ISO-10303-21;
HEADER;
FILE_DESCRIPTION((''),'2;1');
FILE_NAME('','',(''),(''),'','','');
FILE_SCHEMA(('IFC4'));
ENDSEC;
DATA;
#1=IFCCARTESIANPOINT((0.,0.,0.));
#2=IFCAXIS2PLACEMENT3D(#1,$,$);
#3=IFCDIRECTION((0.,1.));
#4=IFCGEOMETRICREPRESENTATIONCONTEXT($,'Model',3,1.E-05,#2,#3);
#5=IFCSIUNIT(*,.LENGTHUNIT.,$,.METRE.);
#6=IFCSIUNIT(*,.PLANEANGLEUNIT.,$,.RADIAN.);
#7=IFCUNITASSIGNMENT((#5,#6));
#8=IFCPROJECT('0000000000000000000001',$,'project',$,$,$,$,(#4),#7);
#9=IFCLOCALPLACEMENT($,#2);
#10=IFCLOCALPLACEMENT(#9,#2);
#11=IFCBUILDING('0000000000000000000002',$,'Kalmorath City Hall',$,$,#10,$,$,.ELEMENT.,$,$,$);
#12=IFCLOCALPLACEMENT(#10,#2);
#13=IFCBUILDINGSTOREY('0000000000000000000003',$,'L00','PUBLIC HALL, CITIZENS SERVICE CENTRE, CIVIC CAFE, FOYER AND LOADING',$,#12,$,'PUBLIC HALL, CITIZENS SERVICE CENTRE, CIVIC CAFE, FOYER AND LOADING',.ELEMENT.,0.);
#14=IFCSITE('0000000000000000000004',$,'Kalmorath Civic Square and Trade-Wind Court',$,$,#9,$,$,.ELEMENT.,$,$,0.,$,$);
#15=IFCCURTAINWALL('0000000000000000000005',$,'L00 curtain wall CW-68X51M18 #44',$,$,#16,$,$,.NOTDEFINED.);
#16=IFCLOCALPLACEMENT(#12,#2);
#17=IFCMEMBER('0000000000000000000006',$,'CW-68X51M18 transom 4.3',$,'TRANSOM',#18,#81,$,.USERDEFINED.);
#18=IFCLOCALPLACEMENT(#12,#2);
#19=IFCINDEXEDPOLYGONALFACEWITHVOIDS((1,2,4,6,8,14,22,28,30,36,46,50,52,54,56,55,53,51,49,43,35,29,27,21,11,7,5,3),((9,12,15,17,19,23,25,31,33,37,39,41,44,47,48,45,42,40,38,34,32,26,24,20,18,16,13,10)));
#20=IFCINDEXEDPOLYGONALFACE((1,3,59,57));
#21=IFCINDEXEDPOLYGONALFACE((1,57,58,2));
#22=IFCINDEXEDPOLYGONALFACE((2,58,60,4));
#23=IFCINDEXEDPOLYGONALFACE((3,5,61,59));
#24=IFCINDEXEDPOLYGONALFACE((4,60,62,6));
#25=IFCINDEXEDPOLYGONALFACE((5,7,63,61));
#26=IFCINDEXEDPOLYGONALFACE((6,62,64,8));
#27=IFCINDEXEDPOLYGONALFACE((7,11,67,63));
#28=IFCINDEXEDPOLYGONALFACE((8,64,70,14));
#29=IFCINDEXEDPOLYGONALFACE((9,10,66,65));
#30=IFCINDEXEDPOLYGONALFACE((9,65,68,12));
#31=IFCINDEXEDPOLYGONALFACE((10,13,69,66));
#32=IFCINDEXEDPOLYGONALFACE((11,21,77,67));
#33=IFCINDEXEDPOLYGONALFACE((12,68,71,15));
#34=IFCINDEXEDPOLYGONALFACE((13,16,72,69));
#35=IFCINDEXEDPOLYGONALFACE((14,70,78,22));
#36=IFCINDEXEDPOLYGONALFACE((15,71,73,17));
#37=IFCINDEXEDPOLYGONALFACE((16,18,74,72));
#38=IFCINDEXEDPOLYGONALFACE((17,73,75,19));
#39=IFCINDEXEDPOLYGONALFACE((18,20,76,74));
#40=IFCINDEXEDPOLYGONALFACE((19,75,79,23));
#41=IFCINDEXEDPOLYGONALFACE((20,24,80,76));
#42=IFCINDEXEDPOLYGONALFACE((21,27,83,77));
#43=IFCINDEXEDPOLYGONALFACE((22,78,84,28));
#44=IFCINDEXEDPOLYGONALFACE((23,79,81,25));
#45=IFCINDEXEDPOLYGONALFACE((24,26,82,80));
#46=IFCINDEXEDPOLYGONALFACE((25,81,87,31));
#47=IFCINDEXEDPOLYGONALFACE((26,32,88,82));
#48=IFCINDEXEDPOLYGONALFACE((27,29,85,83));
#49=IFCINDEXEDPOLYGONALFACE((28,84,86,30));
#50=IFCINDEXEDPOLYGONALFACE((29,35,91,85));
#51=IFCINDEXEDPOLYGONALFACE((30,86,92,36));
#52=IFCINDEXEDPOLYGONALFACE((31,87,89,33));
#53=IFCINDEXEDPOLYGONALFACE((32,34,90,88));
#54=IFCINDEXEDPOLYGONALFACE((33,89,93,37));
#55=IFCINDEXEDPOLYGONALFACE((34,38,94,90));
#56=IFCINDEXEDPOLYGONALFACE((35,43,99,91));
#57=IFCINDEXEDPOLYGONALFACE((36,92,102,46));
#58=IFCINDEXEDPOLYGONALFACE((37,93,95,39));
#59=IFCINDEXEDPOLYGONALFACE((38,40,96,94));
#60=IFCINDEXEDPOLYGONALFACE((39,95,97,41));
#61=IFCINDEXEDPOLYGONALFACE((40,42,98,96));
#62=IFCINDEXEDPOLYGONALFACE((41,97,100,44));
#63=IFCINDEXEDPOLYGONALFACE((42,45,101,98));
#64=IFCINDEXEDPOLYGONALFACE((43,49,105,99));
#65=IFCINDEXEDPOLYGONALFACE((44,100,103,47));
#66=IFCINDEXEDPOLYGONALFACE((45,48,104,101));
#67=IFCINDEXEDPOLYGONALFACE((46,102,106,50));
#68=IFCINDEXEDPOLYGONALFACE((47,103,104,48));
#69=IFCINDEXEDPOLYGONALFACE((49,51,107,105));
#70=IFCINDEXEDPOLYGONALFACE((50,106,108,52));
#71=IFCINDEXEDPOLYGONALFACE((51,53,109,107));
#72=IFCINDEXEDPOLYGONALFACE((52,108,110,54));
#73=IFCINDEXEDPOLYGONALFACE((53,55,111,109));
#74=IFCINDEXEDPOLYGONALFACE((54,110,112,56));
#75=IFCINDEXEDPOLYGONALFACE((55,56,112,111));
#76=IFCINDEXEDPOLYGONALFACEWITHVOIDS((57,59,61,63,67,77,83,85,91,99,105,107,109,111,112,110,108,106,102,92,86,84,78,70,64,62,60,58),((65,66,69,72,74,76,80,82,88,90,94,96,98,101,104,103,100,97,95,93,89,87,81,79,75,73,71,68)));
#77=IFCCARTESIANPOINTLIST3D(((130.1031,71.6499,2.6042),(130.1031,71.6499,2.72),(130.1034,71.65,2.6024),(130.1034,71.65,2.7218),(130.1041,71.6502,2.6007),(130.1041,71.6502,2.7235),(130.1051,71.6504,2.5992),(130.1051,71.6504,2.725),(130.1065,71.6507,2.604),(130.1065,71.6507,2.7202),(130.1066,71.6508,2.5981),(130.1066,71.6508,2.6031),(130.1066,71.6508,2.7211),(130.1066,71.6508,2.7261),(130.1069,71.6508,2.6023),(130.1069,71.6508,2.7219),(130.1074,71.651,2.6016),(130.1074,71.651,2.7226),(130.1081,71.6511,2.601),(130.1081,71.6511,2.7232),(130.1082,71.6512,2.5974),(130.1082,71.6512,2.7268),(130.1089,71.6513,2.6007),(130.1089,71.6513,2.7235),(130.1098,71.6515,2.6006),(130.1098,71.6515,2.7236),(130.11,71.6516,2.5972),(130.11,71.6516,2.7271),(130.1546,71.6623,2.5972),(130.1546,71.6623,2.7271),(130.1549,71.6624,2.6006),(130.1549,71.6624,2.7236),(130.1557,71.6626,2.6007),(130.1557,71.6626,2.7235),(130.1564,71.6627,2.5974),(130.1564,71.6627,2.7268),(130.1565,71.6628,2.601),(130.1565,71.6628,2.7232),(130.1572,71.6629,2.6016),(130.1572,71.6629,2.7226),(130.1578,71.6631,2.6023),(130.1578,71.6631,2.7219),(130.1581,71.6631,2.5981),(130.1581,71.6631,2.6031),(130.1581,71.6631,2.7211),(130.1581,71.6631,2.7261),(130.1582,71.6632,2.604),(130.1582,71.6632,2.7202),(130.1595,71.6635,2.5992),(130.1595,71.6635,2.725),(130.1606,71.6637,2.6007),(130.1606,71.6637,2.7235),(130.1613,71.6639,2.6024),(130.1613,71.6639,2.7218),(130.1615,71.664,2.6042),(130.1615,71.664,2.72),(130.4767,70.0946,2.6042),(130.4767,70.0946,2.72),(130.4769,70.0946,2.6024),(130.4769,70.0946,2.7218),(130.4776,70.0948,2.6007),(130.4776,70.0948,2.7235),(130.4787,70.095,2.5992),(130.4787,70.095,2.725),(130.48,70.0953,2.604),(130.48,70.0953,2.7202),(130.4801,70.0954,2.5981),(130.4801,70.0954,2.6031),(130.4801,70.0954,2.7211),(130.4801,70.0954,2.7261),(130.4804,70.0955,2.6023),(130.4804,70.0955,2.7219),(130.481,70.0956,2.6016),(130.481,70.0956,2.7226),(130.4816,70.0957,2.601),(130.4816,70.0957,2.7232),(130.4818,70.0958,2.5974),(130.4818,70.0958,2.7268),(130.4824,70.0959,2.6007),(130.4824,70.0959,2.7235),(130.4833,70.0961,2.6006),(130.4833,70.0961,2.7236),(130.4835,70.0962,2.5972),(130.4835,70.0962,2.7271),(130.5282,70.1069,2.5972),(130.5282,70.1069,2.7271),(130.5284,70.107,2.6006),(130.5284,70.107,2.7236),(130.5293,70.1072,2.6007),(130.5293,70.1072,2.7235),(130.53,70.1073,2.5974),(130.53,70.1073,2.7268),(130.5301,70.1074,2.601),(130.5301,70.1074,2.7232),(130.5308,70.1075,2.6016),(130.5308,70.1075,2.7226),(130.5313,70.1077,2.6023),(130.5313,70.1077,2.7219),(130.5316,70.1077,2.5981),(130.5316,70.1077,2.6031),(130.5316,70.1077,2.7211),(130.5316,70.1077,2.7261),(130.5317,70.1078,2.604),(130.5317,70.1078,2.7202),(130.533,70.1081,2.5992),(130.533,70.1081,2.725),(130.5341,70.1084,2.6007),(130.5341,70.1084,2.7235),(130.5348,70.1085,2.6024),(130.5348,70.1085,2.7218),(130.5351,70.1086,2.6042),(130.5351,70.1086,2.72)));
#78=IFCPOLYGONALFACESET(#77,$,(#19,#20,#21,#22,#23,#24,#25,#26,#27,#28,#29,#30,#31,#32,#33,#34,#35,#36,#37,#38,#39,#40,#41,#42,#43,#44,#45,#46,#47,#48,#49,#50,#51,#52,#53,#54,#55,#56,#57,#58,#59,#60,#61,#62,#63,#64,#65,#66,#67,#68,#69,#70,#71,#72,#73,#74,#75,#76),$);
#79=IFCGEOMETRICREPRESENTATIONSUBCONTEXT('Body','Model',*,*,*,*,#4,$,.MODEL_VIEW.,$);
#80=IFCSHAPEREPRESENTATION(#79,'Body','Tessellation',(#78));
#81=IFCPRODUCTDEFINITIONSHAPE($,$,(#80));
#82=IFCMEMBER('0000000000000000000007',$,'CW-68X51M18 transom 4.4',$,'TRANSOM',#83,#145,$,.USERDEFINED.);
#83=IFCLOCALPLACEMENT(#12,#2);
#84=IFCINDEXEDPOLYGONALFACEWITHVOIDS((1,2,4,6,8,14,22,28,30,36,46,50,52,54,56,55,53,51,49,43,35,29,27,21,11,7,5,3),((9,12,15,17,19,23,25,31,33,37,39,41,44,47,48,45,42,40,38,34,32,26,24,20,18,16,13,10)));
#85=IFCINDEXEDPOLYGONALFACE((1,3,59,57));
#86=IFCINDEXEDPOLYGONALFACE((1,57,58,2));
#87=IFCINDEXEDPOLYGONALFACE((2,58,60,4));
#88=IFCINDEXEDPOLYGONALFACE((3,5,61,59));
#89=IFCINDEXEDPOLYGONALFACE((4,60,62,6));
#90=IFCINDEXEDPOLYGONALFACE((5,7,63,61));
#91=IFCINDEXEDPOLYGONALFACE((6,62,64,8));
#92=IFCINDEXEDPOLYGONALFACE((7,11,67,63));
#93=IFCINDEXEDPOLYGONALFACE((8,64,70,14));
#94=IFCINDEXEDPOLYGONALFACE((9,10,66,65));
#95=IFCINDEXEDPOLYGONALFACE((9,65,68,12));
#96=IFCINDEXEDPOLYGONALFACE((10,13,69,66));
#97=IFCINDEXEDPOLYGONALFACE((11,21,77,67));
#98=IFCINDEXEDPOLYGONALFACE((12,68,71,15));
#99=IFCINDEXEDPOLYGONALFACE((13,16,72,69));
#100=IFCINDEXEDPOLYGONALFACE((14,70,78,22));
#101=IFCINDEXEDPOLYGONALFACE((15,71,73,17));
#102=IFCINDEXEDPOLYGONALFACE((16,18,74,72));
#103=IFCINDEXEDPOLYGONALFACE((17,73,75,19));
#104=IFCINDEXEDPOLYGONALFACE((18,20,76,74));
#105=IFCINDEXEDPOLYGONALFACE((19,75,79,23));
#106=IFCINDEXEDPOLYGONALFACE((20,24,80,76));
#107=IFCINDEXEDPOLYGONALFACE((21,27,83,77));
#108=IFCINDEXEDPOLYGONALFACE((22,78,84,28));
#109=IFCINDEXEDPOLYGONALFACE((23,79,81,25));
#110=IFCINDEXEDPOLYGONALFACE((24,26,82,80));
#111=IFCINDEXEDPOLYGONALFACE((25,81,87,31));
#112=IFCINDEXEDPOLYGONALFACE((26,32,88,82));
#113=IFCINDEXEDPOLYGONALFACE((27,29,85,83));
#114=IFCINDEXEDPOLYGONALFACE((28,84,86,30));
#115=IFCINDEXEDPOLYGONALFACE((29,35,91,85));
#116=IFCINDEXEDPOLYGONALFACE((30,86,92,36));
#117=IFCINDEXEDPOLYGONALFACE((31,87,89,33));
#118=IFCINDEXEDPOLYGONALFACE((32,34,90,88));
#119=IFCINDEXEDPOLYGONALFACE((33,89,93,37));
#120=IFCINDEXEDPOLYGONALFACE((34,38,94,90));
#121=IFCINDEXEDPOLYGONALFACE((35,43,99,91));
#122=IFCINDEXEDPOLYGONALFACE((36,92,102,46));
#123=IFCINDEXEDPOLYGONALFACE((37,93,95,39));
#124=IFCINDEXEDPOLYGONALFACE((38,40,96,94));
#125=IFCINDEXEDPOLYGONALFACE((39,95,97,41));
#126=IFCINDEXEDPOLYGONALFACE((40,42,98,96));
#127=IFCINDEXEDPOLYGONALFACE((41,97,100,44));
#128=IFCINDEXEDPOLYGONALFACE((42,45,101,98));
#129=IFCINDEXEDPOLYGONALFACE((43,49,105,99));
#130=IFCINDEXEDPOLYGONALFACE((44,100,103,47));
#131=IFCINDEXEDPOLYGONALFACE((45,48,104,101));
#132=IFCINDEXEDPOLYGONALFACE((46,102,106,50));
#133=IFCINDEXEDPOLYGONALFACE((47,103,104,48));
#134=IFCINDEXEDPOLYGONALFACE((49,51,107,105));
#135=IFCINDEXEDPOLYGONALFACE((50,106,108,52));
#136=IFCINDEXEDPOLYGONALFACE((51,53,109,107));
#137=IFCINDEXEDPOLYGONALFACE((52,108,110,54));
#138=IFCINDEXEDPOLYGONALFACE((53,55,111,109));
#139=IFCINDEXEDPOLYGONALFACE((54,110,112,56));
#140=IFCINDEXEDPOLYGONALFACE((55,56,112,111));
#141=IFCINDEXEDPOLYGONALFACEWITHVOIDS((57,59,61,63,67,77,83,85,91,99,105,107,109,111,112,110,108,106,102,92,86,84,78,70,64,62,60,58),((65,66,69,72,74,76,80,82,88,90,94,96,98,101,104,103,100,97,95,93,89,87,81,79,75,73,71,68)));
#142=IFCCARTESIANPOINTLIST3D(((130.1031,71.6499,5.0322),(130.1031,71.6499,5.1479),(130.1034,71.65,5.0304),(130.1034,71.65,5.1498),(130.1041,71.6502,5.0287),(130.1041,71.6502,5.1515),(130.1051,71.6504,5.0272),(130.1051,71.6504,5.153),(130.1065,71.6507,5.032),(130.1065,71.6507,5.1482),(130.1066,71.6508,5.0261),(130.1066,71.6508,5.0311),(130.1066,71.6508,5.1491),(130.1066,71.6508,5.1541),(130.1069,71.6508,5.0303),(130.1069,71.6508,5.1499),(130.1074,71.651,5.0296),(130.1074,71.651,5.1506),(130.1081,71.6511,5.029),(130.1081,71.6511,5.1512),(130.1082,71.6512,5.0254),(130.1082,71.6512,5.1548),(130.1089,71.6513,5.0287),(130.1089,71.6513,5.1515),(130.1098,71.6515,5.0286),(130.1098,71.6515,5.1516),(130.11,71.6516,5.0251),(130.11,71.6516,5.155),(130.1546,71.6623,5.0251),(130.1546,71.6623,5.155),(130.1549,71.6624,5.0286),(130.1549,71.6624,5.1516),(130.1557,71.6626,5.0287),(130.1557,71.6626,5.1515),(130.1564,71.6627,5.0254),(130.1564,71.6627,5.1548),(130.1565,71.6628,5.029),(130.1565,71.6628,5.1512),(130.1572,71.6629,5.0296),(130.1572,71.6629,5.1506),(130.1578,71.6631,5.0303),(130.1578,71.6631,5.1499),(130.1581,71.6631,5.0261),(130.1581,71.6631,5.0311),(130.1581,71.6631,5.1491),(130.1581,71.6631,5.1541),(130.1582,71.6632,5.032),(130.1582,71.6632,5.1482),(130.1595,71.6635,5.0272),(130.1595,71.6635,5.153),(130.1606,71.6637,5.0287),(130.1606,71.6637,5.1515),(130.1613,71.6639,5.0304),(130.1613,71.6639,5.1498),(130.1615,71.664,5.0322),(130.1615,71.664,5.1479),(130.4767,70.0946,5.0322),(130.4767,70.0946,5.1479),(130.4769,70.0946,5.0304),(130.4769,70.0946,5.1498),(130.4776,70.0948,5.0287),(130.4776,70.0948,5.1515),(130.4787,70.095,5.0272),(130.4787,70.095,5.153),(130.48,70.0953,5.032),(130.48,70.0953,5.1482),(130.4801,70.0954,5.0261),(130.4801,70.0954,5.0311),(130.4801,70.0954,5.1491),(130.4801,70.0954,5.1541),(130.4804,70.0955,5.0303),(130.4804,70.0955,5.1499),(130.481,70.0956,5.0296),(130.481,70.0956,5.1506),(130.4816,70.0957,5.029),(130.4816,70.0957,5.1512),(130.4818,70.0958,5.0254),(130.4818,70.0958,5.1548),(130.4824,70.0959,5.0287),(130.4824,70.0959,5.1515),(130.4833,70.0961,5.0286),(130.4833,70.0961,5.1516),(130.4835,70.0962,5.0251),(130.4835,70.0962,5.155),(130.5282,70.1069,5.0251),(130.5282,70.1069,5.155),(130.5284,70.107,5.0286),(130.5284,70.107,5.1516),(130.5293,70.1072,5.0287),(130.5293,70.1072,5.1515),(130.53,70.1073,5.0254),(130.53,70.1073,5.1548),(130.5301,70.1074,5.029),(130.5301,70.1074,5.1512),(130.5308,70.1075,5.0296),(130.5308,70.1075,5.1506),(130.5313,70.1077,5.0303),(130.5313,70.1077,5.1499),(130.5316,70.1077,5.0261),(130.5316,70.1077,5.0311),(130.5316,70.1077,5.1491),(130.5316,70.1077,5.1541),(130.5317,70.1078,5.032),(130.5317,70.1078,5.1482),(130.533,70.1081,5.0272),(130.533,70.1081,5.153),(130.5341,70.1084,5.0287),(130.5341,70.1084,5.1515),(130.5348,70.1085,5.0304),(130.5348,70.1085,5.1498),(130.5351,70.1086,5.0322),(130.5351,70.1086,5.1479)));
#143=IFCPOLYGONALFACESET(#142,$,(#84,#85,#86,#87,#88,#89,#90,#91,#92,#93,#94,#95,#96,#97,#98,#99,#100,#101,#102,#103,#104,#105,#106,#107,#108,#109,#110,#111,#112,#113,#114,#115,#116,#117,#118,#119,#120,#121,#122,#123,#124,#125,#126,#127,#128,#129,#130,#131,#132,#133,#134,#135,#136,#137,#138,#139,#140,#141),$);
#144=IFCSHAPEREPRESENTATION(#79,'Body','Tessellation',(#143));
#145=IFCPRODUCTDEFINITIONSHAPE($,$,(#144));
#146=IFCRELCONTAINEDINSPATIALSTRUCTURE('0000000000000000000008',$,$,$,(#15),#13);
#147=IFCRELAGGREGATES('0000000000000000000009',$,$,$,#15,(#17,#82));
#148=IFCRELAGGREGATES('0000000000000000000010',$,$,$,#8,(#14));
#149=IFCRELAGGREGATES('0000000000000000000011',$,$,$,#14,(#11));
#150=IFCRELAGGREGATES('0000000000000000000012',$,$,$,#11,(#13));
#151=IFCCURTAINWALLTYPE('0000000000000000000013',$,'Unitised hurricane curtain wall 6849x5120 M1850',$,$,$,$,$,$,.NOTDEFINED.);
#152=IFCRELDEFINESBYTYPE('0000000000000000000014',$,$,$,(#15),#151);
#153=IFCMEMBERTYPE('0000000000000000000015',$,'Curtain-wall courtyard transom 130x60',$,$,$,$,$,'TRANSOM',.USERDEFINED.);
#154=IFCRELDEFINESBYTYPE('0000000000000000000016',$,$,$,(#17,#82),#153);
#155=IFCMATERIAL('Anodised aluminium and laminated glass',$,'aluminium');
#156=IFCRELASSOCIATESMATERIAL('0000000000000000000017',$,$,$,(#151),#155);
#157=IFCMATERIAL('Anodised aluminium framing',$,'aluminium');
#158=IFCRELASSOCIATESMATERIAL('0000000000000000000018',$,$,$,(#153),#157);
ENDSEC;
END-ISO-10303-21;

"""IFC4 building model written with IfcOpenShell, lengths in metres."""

from ifc_helpers import new_model, si_unit, direction, frame, origin, origin_2d, place, context, subcontext, project, spatial, hollow_rectangle, extrude, material, material_profile, profile_set, type_object, element, aggregate, save


model = new_model("IFC4")

# Units and contexts
model_context = context("Model", 3, precision=1e-05, world=origin(), true_north=direction((0.0, 1.0)))
body_context = subcontext(model_context, "Body", "Model", "MODEL_VIEW")
ifc_project = project(units=[si_unit("LENGTHUNIT", "METRE"), si_unit("PLANEANGLEUNIT", "RADIAN")], contexts=[model_context])

# Site, building, storey
site_placement = place(None, origin())
site = spatial("IfcSite", under=ifc_project, at=site_placement, Name="Kalmorath Civic Square and Trade-Wind Court", CompositionType="ELEMENT", RefElevation=0.0)
building_placement = place(site_placement, origin())
building = spatial("IfcBuilding", under=site, at=building_placement, Name="Kalmorath City Hall", CompositionType="ELEMENT")
storey_placement = place(building_placement, origin())
storey = spatial("IfcBuildingStorey", under=building, at=storey_placement, Name="L00", Description="PUBLIC HALL, CITIZENS SERVICE CENTRE, CIVIC CAFE, FOYER AND LOADING", LongName="PUBLIC HALL, CITIZENS SERVICE CENTRE, CIVIC CAFE, FOYER AND LOADING", CompositionType="ELEMENT", Elevation=0.0)

# Curtain wall, members
ifc_material_1 = material(Name="Anodised aluminium and laminated glass", Category="aluminium")
curtain_wall_type = type_object("IfcCurtainWallType", Name="Unitised hurricane curtain wall 6849x5120 M1850", PredefinedType="NOTDEFINED", material=ifc_material_1)
curtain_wall_1_placement = place(storey_placement, origin())
curtain_wall_1 = element("IfcCurtainWall", 1, at=curtain_wall_1_placement, inside=storey, type_object=curtain_wall_type, Name="L00 curtain wall CW-68X51M18 #44", PredefinedType="NOTDEFINED")
ifc_material_2 = material(Name="Anodised aluminium framing", Category="aluminium")
ifc_material_profile_1 = material_profile(ifc_material_2, hollow_rectangle(XDim=0.0601, YDim=0.1299, WallThickness=0.0034, InnerFilletRadius=0.0034, OuterFilletRadius=0.0071, at=origin_2d()), Name="ALU-TRN-130X60X3.5")
ifc_profile_set_1 = profile_set([ifc_material_profile_1], Name="Anodised aluminium framing")
member_type_1 = type_object("IfcMemberType", Name="Curtain-wall courtyard transom 130x60", ElementType="TRANSOM", PredefinedType="USERDEFINED", material=ifc_profile_set_1)
member_1_placement = place(storey_placement, frame((130.5059, 70.1016, 2.6621), z_axis=(-0.233511, 0.972354, 0.0), x_axis=(-0.972354, -0.233511, 0.0)))
member_1 = element("IfcMember", 2, at=member_1_placement, type_object=member_type_1, Name="CW-68X51M18 transom 4.3", ObjectType="TRANSOM", PredefinedType="USERDEFINED", context=body_context, shape_type="SweptSolid", body=[
    extrude(hollow_rectangle(XDim=0.0601, YDim=0.1299, WallThickness=0.0034, InnerFilletRadius=0.0034, OuterFilletRadius=0.0071, at=origin_2d()), origin(), (0.0, 0.0, 1.0), 1.5996),
])
member_2_placement = place(storey_placement, frame((130.5059, 70.1016, 5.0901), z_axis=(-0.233511, 0.972354, 0.0), x_axis=(-0.972354, -0.233511, 0.0)))
member_2 = element("IfcMember", 3, at=member_2_placement, type_object=member_type_1, Name="CW-68X51M18 transom 4.4", ObjectType="TRANSOM", PredefinedType="USERDEFINED", context=body_context, shape_type="SweptSolid", body=[
    extrude(hollow_rectangle(XDim=0.0601, YDim=0.1299, WallThickness=0.0034, InnerFilletRadius=0.0034, OuterFilletRadius=0.0071, at=origin_2d()), origin(), (0.0, 0.0, 1.0), 1.5996),
])

aggregate(curtain_wall_1, [member_1, member_2])

save(model, "model.ifc")
